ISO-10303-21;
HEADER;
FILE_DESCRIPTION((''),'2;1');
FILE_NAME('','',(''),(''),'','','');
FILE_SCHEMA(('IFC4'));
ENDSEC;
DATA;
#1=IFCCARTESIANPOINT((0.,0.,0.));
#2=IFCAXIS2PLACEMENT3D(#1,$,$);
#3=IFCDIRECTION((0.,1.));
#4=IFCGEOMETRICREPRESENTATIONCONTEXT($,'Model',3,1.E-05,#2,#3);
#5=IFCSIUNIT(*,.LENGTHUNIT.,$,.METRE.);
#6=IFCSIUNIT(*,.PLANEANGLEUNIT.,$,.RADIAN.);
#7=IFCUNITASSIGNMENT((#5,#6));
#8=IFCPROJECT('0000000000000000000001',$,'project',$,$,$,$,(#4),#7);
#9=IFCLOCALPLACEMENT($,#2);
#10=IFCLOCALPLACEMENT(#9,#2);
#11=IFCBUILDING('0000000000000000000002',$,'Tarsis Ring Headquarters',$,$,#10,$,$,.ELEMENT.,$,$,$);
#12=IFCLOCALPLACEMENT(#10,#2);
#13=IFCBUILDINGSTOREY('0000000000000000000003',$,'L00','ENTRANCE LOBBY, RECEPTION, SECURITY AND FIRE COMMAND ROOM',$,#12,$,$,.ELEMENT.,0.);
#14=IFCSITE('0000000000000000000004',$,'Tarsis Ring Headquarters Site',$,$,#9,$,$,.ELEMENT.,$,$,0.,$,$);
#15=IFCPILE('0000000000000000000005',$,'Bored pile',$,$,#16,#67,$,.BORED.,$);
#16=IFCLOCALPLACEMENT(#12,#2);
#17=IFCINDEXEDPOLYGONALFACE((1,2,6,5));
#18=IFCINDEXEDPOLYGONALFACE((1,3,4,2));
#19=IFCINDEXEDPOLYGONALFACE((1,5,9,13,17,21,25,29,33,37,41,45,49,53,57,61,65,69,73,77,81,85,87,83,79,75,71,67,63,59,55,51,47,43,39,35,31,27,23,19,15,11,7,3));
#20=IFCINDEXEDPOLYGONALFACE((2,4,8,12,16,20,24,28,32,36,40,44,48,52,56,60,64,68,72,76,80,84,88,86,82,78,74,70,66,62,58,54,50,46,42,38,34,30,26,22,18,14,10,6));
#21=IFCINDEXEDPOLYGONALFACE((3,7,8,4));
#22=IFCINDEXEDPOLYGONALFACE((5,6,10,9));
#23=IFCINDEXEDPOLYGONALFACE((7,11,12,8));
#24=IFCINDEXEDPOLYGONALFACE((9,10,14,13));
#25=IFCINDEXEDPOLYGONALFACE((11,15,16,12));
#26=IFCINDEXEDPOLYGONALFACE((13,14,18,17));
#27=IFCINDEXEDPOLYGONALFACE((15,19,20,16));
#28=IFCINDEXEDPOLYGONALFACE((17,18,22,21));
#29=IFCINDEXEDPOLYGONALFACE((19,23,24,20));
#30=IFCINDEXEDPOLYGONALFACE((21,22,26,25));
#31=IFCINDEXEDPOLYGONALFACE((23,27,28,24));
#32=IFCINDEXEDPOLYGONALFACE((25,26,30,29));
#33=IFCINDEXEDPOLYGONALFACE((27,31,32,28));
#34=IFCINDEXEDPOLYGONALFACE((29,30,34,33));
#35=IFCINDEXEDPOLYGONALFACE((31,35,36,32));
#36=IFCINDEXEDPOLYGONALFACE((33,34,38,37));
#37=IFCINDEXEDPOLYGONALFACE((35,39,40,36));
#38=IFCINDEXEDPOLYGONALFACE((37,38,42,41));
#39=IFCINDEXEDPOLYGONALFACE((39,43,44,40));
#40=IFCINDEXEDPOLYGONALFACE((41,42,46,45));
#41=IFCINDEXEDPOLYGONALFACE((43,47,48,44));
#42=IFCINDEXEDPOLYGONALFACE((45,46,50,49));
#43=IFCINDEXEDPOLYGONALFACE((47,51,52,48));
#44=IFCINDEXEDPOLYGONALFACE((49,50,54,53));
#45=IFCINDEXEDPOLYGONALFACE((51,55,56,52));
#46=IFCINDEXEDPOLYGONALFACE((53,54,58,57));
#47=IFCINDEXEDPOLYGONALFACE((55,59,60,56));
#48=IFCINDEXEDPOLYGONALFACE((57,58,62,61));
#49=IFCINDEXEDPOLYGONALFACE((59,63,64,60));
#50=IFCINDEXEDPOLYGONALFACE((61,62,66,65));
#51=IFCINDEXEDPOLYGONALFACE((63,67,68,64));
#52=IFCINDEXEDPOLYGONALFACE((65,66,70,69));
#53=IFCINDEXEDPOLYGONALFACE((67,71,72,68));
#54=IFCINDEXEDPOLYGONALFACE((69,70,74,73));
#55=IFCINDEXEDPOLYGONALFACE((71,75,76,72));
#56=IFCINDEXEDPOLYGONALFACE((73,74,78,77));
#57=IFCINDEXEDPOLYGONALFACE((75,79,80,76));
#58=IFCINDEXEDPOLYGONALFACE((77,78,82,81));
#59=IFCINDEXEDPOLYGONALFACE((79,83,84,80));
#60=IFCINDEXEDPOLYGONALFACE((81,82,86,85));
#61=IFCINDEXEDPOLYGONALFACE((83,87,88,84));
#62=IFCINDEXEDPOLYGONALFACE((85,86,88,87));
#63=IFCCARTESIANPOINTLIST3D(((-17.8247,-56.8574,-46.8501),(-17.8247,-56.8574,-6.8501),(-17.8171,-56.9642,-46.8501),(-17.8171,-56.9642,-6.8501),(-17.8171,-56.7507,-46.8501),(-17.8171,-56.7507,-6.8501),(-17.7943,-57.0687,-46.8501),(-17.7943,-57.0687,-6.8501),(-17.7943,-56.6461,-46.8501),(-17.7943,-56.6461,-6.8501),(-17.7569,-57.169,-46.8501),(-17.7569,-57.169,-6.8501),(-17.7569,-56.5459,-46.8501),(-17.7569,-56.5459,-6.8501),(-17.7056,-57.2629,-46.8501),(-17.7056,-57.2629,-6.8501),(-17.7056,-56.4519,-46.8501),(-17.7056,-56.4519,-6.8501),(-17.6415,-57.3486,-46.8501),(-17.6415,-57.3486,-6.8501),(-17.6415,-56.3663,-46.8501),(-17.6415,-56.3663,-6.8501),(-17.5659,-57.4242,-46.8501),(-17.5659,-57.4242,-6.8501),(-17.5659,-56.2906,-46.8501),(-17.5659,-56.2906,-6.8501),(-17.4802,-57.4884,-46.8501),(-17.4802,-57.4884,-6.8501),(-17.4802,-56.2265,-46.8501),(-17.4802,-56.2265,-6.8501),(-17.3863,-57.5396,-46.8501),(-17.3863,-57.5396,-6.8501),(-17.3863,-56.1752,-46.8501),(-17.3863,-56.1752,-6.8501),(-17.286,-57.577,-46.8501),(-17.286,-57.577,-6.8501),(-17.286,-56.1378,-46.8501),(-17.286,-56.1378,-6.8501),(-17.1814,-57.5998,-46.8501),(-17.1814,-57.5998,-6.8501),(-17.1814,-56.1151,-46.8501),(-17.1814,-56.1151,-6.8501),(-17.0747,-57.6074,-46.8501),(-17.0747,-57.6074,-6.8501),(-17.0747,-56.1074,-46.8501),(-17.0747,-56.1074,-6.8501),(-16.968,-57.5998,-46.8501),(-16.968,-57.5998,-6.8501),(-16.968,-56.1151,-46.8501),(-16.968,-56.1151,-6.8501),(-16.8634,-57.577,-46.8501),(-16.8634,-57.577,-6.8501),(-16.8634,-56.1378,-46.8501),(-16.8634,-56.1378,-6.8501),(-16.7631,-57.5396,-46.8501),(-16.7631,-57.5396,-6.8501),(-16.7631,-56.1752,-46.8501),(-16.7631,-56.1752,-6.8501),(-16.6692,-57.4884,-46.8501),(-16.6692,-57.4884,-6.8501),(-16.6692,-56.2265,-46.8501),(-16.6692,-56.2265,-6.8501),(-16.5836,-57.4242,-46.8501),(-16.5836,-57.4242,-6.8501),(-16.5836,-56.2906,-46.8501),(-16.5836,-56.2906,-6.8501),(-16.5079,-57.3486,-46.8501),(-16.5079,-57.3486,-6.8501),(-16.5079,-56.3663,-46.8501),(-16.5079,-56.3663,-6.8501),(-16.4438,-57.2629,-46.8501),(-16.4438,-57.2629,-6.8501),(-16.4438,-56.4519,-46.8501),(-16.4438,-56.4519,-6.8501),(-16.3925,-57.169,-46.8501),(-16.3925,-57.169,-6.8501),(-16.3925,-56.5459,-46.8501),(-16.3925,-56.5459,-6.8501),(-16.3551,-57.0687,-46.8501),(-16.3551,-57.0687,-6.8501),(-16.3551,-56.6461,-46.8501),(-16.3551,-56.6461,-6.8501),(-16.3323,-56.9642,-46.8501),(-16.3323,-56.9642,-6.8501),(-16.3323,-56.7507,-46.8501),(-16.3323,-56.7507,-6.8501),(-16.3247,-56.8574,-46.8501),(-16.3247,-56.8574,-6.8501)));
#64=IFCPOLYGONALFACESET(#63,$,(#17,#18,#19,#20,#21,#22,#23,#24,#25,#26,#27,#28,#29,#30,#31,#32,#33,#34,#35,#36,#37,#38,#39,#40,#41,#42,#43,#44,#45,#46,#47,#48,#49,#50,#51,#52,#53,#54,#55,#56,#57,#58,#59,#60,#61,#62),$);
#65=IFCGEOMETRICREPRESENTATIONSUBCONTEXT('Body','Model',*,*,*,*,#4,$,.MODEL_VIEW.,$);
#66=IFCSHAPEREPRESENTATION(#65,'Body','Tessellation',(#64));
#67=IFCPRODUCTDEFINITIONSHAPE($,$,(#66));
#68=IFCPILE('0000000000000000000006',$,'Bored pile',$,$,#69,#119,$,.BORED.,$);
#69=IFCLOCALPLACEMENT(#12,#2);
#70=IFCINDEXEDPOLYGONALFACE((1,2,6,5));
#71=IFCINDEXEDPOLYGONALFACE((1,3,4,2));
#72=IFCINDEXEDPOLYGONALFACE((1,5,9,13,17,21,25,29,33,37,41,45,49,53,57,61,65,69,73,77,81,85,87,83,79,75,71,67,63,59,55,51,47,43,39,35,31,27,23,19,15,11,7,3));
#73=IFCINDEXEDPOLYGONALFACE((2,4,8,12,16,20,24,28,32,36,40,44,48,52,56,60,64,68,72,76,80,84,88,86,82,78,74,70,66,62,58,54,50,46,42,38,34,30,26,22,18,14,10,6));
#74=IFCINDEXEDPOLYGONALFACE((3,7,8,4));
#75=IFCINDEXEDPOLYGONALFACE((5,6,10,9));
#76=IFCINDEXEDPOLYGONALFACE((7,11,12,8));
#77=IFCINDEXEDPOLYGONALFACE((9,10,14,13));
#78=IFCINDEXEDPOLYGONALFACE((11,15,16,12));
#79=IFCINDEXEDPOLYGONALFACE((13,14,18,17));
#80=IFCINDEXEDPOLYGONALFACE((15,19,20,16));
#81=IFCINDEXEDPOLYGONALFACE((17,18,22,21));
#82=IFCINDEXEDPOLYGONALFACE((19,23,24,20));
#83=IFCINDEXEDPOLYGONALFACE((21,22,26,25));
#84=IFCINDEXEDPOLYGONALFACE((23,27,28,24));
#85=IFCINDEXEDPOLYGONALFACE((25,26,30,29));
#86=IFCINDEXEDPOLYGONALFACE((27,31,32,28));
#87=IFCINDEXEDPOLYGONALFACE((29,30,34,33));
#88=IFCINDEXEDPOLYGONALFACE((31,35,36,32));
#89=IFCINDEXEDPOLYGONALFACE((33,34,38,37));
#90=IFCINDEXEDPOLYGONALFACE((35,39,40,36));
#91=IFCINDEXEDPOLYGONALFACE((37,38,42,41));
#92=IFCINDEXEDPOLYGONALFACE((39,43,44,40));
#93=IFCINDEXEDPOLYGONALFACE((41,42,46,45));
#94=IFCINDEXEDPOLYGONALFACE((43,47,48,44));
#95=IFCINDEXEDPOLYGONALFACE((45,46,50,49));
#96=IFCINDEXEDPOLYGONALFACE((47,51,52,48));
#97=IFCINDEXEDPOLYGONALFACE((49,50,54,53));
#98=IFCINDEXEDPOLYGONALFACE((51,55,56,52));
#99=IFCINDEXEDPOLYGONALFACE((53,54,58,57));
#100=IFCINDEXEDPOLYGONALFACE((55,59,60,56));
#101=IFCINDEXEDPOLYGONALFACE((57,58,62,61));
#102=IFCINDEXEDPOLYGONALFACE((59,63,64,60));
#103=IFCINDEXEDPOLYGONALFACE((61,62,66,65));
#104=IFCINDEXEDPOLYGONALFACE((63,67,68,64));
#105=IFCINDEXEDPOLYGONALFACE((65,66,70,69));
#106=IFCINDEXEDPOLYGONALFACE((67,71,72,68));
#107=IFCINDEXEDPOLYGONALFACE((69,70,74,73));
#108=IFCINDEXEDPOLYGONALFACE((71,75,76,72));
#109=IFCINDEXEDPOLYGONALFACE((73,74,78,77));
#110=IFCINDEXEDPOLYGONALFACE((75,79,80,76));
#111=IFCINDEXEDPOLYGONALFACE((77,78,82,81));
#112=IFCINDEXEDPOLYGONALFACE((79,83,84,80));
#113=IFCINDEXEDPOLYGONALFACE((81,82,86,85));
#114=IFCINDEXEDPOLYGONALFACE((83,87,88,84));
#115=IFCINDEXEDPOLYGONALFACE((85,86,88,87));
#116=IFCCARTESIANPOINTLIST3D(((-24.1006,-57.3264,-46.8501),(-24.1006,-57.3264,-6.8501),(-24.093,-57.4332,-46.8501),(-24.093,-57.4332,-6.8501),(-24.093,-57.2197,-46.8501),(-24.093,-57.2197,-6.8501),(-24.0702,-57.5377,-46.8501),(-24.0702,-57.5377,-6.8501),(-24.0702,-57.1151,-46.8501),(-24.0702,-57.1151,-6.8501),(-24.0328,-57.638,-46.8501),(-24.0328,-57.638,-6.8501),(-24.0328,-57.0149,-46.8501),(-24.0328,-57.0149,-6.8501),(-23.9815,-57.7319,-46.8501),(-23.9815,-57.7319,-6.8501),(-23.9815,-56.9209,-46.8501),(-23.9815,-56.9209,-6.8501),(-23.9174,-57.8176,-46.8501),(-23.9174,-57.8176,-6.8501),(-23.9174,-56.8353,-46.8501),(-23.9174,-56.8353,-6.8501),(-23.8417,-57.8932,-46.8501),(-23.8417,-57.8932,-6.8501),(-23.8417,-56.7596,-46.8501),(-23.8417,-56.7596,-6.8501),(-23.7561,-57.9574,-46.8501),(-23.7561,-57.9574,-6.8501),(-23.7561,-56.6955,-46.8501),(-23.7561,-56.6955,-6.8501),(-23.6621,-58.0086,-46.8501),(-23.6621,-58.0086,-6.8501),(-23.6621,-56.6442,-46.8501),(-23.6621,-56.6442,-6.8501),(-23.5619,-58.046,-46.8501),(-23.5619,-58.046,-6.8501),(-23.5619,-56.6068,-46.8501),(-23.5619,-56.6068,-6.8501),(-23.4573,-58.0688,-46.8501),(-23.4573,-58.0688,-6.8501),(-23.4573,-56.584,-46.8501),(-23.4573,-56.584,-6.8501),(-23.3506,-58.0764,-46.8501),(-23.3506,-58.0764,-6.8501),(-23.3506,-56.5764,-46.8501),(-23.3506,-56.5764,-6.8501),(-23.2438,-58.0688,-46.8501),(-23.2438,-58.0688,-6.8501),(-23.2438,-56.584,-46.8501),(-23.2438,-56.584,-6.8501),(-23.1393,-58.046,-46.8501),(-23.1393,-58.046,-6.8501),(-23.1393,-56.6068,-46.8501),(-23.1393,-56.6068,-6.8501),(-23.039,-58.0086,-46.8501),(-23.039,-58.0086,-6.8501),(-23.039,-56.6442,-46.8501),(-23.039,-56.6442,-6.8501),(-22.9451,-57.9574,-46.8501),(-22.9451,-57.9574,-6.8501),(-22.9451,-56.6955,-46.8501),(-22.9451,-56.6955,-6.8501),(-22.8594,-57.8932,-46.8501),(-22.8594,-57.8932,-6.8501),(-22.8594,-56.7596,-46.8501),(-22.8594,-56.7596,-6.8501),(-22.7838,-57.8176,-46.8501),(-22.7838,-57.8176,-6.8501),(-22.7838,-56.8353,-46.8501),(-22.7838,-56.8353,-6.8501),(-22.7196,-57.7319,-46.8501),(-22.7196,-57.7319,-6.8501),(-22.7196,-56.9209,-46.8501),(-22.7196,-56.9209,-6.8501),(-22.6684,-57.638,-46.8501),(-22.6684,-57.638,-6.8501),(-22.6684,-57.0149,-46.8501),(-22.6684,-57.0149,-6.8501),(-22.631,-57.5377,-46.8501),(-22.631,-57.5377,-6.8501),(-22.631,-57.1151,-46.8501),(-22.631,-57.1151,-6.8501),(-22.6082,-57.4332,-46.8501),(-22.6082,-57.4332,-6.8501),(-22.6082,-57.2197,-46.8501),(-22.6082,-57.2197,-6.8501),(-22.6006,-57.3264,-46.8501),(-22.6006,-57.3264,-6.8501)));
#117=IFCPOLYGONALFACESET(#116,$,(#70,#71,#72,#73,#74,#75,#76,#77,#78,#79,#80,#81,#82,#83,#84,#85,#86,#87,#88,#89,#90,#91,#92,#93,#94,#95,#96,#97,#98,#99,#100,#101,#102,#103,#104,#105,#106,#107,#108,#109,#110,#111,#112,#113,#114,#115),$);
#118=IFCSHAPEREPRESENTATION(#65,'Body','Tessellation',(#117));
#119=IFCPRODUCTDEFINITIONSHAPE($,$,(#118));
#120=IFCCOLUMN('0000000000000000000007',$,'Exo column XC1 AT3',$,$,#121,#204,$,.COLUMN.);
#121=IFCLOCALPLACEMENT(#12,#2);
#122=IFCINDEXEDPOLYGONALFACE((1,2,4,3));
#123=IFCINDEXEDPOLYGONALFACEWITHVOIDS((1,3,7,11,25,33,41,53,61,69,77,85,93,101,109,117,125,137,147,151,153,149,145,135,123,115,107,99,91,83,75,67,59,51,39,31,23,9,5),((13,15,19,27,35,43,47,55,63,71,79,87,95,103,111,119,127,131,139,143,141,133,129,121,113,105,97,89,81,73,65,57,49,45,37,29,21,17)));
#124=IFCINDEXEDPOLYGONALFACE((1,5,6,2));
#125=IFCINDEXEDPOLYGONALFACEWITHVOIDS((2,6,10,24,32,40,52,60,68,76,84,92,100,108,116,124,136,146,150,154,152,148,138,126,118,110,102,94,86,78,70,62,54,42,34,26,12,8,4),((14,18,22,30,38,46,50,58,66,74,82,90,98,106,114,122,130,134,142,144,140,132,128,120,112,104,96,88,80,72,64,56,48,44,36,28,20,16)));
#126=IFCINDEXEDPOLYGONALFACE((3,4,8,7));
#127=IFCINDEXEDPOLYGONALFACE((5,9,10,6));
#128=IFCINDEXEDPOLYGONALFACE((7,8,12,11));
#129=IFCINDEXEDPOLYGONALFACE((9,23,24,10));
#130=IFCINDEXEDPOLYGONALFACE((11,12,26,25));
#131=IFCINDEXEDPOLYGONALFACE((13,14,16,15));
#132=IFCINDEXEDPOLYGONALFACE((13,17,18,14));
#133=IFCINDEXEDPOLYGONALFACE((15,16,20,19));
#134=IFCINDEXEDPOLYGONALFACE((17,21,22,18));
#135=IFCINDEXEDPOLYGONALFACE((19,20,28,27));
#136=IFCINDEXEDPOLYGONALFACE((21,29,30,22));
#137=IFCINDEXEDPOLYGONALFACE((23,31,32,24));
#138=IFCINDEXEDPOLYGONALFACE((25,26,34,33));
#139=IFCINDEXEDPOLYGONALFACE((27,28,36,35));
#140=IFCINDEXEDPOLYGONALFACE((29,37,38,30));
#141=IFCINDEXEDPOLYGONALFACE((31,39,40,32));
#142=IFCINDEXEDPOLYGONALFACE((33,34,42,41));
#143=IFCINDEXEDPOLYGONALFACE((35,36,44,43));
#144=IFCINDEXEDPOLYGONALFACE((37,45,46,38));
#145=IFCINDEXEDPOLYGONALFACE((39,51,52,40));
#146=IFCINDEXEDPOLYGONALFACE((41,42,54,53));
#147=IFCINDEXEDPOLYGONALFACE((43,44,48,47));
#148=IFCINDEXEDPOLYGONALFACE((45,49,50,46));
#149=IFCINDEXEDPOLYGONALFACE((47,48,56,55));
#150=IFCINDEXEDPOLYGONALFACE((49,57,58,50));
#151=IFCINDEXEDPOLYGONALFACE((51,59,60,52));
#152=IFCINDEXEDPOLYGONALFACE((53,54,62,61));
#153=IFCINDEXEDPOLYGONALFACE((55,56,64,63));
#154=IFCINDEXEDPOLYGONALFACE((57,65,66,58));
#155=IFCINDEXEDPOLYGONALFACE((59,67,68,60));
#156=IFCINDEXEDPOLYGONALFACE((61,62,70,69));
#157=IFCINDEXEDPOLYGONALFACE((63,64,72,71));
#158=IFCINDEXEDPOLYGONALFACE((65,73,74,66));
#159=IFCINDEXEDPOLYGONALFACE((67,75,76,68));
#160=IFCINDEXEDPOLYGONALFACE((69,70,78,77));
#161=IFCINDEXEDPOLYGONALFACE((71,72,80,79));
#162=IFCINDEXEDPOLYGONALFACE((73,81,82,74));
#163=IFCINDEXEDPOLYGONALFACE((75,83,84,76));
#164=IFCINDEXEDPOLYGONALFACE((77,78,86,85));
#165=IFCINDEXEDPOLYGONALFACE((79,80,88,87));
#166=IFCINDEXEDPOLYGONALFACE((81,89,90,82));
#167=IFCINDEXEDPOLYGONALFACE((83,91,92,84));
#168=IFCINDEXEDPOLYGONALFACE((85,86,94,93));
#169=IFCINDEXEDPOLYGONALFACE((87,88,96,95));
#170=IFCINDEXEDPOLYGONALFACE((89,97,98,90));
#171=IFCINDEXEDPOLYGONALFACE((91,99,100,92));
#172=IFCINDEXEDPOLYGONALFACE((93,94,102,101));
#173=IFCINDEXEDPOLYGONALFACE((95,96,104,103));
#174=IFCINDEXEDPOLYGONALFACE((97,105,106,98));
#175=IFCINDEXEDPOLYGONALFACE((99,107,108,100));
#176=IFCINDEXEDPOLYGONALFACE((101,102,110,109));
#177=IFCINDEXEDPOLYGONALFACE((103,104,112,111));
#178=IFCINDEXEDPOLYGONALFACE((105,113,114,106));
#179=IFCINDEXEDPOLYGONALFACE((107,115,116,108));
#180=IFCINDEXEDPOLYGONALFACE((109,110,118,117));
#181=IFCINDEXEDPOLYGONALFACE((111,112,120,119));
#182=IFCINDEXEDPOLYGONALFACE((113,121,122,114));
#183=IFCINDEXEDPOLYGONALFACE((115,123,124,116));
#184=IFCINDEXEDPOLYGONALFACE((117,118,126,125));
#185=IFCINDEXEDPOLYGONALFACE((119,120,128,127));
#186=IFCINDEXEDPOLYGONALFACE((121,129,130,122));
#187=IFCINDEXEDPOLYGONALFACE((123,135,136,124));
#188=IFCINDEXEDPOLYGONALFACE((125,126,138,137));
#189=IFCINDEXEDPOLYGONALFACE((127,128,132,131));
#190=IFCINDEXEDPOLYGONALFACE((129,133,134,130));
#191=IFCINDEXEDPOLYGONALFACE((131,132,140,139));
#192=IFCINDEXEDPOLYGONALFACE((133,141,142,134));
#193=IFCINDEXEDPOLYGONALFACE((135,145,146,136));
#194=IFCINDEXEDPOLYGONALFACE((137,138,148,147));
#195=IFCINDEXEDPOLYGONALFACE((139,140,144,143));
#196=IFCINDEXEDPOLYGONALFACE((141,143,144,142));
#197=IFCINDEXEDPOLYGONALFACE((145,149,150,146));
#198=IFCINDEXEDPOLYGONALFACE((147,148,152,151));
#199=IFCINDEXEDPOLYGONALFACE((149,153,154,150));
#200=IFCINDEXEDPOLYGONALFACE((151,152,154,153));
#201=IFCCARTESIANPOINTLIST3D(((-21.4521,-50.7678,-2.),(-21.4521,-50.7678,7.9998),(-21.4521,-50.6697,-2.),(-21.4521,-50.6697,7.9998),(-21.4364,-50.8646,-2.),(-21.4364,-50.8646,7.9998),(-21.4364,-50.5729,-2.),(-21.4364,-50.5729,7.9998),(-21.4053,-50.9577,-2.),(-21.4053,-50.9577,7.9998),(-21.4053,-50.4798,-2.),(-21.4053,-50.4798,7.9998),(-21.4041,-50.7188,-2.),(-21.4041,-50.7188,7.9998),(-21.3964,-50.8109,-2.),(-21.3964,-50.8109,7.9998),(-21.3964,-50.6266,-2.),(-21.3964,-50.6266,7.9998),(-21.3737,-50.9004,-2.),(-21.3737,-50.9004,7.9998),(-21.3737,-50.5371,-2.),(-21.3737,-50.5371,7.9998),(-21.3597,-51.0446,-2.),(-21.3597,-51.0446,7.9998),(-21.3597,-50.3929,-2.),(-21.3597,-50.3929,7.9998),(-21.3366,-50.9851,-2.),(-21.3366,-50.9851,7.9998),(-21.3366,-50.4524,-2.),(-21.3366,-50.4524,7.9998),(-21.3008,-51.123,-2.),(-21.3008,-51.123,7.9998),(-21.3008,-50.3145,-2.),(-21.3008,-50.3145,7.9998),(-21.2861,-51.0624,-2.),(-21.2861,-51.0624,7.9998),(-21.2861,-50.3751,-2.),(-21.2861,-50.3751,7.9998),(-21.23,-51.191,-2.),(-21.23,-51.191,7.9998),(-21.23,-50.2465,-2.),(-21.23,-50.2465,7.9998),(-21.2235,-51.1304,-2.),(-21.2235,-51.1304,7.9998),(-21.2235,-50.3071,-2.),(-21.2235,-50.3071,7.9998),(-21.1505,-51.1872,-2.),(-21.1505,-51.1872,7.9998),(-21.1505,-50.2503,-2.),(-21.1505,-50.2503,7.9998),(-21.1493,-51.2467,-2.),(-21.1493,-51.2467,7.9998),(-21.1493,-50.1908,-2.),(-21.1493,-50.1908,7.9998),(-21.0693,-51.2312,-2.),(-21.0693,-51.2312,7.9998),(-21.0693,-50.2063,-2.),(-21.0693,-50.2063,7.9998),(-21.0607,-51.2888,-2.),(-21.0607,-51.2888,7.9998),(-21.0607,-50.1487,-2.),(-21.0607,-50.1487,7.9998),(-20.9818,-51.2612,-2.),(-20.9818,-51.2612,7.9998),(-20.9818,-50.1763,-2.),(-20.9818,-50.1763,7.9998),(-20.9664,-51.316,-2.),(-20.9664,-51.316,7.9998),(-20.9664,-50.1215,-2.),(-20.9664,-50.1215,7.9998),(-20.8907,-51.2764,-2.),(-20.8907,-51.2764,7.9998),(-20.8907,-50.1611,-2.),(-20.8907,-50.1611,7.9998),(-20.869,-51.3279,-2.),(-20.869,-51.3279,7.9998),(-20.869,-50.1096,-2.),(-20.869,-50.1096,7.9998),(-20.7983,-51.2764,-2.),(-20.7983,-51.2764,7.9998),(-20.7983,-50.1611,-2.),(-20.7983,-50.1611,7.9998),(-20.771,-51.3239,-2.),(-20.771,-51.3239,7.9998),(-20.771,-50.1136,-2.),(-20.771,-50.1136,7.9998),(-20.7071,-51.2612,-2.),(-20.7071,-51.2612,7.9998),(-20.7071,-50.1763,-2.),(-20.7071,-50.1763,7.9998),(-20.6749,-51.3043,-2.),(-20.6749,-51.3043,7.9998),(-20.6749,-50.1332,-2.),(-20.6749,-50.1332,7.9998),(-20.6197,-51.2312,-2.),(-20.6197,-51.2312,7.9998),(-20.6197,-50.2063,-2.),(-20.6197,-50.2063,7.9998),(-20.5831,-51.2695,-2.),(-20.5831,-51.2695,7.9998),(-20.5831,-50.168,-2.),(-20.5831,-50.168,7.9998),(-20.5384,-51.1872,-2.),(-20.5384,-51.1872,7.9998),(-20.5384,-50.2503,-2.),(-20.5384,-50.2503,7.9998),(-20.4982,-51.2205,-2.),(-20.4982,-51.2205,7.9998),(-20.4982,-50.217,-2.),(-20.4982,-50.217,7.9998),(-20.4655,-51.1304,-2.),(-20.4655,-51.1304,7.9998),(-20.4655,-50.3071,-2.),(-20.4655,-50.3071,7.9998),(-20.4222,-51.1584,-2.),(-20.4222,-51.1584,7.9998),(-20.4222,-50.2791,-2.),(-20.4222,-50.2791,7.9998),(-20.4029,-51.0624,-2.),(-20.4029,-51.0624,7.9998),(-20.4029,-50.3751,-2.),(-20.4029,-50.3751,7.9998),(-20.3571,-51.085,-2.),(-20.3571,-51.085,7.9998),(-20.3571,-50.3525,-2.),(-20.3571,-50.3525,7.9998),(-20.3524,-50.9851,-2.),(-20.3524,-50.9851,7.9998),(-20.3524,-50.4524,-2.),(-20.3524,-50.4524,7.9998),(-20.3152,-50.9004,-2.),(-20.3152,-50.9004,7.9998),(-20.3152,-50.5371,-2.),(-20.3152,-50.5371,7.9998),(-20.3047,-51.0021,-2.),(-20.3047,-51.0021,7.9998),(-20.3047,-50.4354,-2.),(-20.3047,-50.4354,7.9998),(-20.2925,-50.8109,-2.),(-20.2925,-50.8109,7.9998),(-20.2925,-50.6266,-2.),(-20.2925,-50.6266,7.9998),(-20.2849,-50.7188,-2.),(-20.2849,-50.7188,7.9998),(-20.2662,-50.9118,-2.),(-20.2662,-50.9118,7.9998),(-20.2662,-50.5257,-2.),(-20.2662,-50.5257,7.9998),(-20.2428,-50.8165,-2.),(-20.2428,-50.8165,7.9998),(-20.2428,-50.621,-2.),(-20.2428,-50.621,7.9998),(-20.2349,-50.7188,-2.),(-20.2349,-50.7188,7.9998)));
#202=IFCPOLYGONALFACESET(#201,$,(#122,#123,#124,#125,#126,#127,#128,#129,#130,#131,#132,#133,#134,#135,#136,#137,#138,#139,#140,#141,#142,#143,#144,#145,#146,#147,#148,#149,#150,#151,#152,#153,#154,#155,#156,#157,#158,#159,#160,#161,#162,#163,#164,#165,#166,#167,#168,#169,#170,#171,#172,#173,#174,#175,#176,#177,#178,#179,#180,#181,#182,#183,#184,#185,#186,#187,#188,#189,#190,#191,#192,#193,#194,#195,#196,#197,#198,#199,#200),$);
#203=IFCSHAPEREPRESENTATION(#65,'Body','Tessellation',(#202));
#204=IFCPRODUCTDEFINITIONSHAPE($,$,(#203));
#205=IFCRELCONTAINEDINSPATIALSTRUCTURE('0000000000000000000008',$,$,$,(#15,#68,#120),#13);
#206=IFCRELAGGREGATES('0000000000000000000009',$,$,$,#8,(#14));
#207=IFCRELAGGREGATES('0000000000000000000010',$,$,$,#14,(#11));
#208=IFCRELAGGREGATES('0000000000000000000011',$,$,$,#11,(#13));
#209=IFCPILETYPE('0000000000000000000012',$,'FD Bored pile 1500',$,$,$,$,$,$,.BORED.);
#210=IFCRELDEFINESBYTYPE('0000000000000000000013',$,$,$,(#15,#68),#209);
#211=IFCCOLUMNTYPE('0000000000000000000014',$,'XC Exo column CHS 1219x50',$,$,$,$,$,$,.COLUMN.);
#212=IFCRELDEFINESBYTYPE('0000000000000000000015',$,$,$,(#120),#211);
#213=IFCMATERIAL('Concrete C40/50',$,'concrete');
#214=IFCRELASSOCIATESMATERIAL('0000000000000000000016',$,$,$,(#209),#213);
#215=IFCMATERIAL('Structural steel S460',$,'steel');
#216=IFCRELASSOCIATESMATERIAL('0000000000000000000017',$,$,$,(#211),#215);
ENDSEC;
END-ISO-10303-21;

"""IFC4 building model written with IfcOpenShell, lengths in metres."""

from ifc_helpers import new_model, si_unit, direction, frame, origin, origin_2d, place, context, subcontext, project, spatial, circle, hollow_circle, extrude, material, material_profile, profile_set, type_object, element, save


model = new_model("IFC4")

# Units and contexts
model_context = context("Model", 3, precision=1e-05, world=origin(), true_north=direction((0.0, 1.0)))
body_context = subcontext(model_context, "Body", "Model", "MODEL_VIEW")
ifc_project = project(units=[si_unit("LENGTHUNIT", "METRE"), si_unit("PLANEANGLEUNIT", "RADIAN")], contexts=[model_context])

# Site, building, storey
site_placement = place(None, origin())
site = spatial("IfcSite", under=ifc_project, at=site_placement, Name="Tarsis Ring Headquarters Site", CompositionType="ELEMENT", RefElevation=0.0)
building_placement = place(site_placement, origin())
building = spatial("IfcBuilding", under=site, at=building_placement, Name="Tarsis Ring Headquarters", CompositionType="ELEMENT")
storey_placement = place(building_placement, origin())
storey = spatial("IfcBuildingStorey", under=building, at=storey_placement, Name="L00", Description="ENTRANCE LOBBY, RECEPTION, SECURITY AND FIRE COMMAND ROOM", CompositionType="ELEMENT", Elevation=0.0)

# Piles
ifc_material_1 = material(Name="Concrete C40/50", Category="concrete")
ifc_material_profile_1 = material_profile(ifc_material_1, circle(Radius=0.75, at=origin_2d()), Name="BORED 1500")
ifc_profile_set_1 = profile_set([ifc_material_profile_1], Name="Concrete C40/50")
pile_type = type_object("IfcPileType", Name="FD Bored pile 1500", PredefinedType="BORED", material=ifc_profile_set_1)
for number, where, z_axis, x_axis, name in (
    (1, (-17.0747, -56.8574, -6.8501), (0.0, 0.0, -1.0), (1.0, 0.0, 0.0), "Bored pile"),
    (2, (-23.3506, -57.3264, -6.8501), (0.0, 0.0, -1.0), (1.0, 0.0, 0.0), "Bored pile"),
):
    element("IfcPile", number, at=place(storey_placement, frame(where, z_axis=z_axis, x_axis=x_axis)), inside=storey, type_object=pile_type, Name=name, PredefinedType="BORED", context=body_context, shape_type="SweptSolid", body=[
        extrude(circle(Radius=0.75, at=origin_2d()), origin(), (0.0, 0.0, 1.0), 40.0),
    ])

# Column
ifc_material_2 = material(Name="Structural steel S460", Category="steel")
ifc_material_profile_2 = material_profile(ifc_material_2, hollow_circle(Radius=0.6096, WallThickness=0.05, at=origin_2d()), Name="CHS 1219x50")
ifc_profile_set_2 = profile_set([ifc_material_profile_2], Name="Structural steel S460")
column_type = type_object("IfcColumnType", Name="XC Exo column CHS 1219x50", PredefinedType="COLUMN", material=ifc_profile_set_2)
column_placement = place(storey_placement, frame((-20.8445, -50.7188, -2.0), z_axis=(0.0, 0.0, 1.0), x_axis=(1.0, 0.0, 0.0)))
element("IfcColumn", 3, at=column_placement, inside=storey, type_object=column_type, Name="Exo column XC1 AT3", PredefinedType="COLUMN", context=body_context, shape_type="SweptSolid", body=[
    extrude(hollow_circle(Radius=0.6096, WallThickness=0.05, at=origin_2d()), origin(), (0.0, 0.0, 1.0), 9.9998),
])

save(model, "model.ifc")
